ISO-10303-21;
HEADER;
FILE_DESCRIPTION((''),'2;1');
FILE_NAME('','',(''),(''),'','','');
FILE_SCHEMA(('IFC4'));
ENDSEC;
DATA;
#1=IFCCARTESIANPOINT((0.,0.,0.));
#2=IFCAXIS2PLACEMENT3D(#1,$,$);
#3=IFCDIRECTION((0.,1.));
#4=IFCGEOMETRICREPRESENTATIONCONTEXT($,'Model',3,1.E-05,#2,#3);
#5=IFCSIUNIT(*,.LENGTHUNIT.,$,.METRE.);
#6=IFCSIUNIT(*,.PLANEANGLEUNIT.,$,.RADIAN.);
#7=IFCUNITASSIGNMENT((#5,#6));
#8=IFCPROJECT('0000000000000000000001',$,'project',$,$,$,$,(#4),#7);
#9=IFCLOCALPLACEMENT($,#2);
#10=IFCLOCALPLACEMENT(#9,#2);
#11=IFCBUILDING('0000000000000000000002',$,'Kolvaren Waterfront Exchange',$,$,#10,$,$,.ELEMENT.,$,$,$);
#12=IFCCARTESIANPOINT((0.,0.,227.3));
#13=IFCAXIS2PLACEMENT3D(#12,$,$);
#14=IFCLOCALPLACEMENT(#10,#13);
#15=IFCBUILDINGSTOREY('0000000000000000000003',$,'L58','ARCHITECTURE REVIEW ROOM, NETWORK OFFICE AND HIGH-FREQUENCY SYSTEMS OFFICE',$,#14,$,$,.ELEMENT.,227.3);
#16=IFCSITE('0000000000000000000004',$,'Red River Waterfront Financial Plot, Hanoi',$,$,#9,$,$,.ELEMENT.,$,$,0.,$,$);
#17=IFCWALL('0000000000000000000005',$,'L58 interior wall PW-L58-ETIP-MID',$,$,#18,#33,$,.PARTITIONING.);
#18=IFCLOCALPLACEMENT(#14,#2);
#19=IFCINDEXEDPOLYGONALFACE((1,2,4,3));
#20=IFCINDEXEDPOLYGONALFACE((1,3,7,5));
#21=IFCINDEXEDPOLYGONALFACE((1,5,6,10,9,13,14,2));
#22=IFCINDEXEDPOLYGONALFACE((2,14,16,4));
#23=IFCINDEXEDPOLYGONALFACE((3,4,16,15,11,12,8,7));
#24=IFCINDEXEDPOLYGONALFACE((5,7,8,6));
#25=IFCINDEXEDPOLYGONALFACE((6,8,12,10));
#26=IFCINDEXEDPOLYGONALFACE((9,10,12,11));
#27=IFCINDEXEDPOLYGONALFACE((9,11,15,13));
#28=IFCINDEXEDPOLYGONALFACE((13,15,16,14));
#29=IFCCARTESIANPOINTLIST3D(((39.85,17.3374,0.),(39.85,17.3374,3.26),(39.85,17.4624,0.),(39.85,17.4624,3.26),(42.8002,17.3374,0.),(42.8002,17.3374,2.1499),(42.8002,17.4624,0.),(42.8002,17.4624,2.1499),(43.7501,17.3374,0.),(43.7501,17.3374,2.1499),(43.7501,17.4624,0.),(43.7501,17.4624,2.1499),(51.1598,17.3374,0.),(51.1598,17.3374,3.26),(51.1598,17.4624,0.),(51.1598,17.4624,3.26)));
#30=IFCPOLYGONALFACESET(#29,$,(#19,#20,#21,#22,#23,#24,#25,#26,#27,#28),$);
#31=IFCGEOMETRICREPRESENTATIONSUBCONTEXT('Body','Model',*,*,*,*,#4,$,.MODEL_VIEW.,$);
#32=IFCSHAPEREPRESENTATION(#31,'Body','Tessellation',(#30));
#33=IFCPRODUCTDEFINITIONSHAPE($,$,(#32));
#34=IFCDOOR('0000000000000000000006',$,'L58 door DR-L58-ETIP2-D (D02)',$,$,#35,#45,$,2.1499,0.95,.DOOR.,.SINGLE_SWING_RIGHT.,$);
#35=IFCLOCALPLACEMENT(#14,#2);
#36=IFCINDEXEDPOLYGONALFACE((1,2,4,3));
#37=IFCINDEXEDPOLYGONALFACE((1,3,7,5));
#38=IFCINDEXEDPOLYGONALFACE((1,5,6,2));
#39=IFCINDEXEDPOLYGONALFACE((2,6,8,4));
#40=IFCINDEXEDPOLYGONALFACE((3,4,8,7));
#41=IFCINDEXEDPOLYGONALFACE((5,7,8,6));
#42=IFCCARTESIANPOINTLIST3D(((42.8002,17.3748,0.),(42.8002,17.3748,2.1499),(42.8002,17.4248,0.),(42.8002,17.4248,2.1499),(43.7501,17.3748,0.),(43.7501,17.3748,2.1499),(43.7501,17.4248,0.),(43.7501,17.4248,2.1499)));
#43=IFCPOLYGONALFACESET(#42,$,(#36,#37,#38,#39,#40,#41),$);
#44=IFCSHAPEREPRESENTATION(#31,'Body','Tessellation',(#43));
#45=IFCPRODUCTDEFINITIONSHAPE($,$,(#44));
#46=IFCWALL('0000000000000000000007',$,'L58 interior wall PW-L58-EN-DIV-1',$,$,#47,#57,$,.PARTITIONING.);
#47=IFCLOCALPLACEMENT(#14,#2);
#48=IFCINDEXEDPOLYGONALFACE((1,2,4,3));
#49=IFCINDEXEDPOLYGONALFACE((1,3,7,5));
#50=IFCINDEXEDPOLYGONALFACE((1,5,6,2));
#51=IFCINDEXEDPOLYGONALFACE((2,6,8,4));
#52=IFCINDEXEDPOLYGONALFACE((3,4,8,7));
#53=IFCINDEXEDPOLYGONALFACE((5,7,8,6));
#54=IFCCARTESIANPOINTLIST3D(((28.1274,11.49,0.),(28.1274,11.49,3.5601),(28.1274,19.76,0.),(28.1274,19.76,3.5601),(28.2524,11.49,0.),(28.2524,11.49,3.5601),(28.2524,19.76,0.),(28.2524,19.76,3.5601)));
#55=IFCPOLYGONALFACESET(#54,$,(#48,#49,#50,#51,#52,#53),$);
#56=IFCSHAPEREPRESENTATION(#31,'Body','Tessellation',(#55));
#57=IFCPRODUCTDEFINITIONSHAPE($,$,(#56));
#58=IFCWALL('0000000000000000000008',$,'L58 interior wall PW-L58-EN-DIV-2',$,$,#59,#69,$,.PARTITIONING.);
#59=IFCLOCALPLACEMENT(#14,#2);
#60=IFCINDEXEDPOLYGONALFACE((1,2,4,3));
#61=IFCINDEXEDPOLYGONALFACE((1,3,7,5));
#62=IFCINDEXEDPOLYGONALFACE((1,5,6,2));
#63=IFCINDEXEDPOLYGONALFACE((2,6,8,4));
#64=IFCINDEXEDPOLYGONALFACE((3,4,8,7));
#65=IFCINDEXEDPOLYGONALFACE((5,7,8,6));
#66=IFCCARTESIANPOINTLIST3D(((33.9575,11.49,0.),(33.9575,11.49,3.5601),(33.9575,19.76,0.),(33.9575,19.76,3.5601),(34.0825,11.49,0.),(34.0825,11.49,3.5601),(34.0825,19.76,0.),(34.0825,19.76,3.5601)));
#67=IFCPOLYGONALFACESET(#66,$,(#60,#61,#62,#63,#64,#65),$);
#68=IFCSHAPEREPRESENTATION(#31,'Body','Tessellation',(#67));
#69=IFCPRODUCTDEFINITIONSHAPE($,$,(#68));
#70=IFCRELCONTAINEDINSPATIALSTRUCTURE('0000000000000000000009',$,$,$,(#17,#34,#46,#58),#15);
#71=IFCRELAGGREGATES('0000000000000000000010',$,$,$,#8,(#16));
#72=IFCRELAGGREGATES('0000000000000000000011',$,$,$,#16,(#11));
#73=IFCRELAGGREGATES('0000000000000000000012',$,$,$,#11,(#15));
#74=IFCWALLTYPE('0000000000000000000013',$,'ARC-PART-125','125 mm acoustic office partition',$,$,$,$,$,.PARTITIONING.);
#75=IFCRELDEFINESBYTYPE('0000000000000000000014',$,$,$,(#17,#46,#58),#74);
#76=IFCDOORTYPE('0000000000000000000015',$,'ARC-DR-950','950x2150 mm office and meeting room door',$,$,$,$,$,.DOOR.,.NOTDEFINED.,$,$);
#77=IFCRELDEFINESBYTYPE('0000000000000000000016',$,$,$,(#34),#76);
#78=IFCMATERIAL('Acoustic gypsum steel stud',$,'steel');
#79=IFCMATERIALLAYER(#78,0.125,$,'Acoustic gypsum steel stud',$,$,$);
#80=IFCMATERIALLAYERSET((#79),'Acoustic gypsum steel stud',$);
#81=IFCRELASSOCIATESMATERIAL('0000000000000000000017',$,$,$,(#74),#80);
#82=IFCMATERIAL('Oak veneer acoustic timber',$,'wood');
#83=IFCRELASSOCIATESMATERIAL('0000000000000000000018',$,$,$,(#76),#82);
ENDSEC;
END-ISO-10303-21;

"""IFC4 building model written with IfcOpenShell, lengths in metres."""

from ifc_helpers import new_model, si_unit, direction, frame, frame_2d, origin, place, context, subcontext, project, spatial, rectangle, extrude, material, layer, layer_set, type_object, element, fill, save


model = new_model("IFC4")

# Units and contexts
model_context = context("Model", 3, precision=1e-05, world=origin(), true_north=direction((0.0, 1.0)))
body_context = subcontext(model_context, "Body", "Model", "MODEL_VIEW")
ifc_project = project(units=[si_unit("LENGTHUNIT", "METRE"), si_unit("PLANEANGLEUNIT", "RADIAN")], contexts=[model_context])

# Site, building, storey
site_placement = place(None, origin())
site = spatial("IfcSite", under=ifc_project, at=site_placement, Name="Red River Waterfront Financial Plot, Hanoi", CompositionType="ELEMENT", RefElevation=0.0)
building_placement = place(site_placement, origin())
building = spatial("IfcBuilding", under=site, at=building_placement, Name="Kolvaren Waterfront Exchange", CompositionType="ELEMENT")
storey_placement = place(building_placement, frame((0.0, 0.0, 227.3)))
storey = spatial("IfcBuildingStorey", under=building, at=storey_placement, Name="L58", Description="ARCHITECTURE REVIEW ROOM, NETWORK OFFICE AND HIGH-FREQUENCY SYSTEMS OFFICE", CompositionType="ELEMENT", Elevation=227.3)

# Wall, opening, door
ifc_material_1 = material(Name="Acoustic gypsum steel stud", Category="steel")
ifc_layer_1 = layer(ifc_material_1, 0.125, Name="Acoustic gypsum steel stud")
ifc_layer_set_1 = layer_set([ifc_layer_1], Name="Acoustic gypsum steel stud")
wall_type_1 = type_object("IfcWallType", Name="ARC-PART-125", Description="125 mm acoustic office partition", PredefinedType="PARTITIONING", material=ifc_layer_set_1)
wall_1_placement = place(storey_placement, frame((39.8501, 17.3999, 0.0), z_axis=(0.0, 0.0, 1.0), x_axis=(1.0, 0.0, 0.0)))
wall_1 = element("IfcWall", 1, at=wall_1_placement, inside=storey, type_object=wall_type_1, Name="L58 interior wall PW-L58-ETIP-MID", PredefinedType="PARTITIONING", context=body_context, shape_type="SweptSolid", body=[
    extrude(rectangle(XDim=11.3098, YDim=0.125, at=frame_2d((5.6548, 0.0))), origin(), (0.0, 0.0, 1.0), 3.26),
])
opening_placement = place(wall_1_placement, frame((2.95, 0.0, 0.0)))
opening = element("IfcOpeningElement", 2, at=opening_placement, cuts=wall_1, PredefinedType="OPENING", context=body_context, shape_type="SweptSolid", body=[
    extrude(rectangle(XDim=0.95, YDim=2.1499, at=frame_2d((0.4751, 1.075))), frame((0.0, 0.0725, 0.0), z_axis=(0.0, -1.0, 0.0), x_axis=(1.0, 0.0, 0.0)), (0.0, 0.0, 1.0), 0.145),
])
ifc_material_2 = material(Name="Oak veneer acoustic timber", Category="wood")
door_type = type_object("IfcDoorType", Name="ARC-DR-950", Description="950x2150 mm office and meeting room door", OperationType="NOTDEFINED", PredefinedType="DOOR", material=ifc_material_2)
door_placement = place(opening_placement, origin())
door = element("IfcDoor", 3, at=door_placement, inside=storey, type_object=door_type, Name="L58 door DR-L58-ETIP2-D (D02)", OperationType="SINGLE_SWING_RIGHT", OverallHeight=2.1499, OverallWidth=0.95, PredefinedType="DOOR", context=body_context, shape_type="SweptSolid", body=[
    extrude(rectangle(XDim=0.95, YDim=2.1499, at=frame_2d((0.4751, 1.075))), frame((0.0, 0.0249, 0.0), z_axis=(0.0, -1.0, 0.0), x_axis=(1.0, 0.0, 0.0)), (0.0, 0.0, 1.0), 0.05),
])
fill(opening, door)

# Walls
for number, where, z_axis, x_axis, name in (
    (4, (28.1899, 11.49, 0.0), (0.0, 0.0, 1.0), (0.0, 1.0, 0.0), "L58 interior wall PW-L58-EN-DIV-1"),
    (5, (34.02, 11.49, 0.0), (0.0, 0.0, 1.0), (0.0, 1.0, 0.0), "L58 interior wall PW-L58-EN-DIV-2"),
):
    element("IfcWall", number, at=place(storey_placement, frame(where, z_axis=z_axis, x_axis=x_axis)), inside=storey, type_object=wall_type_1, Name=name, PredefinedType="PARTITIONING", context=body_context, shape_type="SweptSolid", body=[
        extrude(rectangle(XDim=8.27, YDim=0.125, at=frame_2d((4.135, 0.0))), origin(), (0.0, 0.0, 1.0), 3.5601),
    ])

save(model, "model.ifc")
